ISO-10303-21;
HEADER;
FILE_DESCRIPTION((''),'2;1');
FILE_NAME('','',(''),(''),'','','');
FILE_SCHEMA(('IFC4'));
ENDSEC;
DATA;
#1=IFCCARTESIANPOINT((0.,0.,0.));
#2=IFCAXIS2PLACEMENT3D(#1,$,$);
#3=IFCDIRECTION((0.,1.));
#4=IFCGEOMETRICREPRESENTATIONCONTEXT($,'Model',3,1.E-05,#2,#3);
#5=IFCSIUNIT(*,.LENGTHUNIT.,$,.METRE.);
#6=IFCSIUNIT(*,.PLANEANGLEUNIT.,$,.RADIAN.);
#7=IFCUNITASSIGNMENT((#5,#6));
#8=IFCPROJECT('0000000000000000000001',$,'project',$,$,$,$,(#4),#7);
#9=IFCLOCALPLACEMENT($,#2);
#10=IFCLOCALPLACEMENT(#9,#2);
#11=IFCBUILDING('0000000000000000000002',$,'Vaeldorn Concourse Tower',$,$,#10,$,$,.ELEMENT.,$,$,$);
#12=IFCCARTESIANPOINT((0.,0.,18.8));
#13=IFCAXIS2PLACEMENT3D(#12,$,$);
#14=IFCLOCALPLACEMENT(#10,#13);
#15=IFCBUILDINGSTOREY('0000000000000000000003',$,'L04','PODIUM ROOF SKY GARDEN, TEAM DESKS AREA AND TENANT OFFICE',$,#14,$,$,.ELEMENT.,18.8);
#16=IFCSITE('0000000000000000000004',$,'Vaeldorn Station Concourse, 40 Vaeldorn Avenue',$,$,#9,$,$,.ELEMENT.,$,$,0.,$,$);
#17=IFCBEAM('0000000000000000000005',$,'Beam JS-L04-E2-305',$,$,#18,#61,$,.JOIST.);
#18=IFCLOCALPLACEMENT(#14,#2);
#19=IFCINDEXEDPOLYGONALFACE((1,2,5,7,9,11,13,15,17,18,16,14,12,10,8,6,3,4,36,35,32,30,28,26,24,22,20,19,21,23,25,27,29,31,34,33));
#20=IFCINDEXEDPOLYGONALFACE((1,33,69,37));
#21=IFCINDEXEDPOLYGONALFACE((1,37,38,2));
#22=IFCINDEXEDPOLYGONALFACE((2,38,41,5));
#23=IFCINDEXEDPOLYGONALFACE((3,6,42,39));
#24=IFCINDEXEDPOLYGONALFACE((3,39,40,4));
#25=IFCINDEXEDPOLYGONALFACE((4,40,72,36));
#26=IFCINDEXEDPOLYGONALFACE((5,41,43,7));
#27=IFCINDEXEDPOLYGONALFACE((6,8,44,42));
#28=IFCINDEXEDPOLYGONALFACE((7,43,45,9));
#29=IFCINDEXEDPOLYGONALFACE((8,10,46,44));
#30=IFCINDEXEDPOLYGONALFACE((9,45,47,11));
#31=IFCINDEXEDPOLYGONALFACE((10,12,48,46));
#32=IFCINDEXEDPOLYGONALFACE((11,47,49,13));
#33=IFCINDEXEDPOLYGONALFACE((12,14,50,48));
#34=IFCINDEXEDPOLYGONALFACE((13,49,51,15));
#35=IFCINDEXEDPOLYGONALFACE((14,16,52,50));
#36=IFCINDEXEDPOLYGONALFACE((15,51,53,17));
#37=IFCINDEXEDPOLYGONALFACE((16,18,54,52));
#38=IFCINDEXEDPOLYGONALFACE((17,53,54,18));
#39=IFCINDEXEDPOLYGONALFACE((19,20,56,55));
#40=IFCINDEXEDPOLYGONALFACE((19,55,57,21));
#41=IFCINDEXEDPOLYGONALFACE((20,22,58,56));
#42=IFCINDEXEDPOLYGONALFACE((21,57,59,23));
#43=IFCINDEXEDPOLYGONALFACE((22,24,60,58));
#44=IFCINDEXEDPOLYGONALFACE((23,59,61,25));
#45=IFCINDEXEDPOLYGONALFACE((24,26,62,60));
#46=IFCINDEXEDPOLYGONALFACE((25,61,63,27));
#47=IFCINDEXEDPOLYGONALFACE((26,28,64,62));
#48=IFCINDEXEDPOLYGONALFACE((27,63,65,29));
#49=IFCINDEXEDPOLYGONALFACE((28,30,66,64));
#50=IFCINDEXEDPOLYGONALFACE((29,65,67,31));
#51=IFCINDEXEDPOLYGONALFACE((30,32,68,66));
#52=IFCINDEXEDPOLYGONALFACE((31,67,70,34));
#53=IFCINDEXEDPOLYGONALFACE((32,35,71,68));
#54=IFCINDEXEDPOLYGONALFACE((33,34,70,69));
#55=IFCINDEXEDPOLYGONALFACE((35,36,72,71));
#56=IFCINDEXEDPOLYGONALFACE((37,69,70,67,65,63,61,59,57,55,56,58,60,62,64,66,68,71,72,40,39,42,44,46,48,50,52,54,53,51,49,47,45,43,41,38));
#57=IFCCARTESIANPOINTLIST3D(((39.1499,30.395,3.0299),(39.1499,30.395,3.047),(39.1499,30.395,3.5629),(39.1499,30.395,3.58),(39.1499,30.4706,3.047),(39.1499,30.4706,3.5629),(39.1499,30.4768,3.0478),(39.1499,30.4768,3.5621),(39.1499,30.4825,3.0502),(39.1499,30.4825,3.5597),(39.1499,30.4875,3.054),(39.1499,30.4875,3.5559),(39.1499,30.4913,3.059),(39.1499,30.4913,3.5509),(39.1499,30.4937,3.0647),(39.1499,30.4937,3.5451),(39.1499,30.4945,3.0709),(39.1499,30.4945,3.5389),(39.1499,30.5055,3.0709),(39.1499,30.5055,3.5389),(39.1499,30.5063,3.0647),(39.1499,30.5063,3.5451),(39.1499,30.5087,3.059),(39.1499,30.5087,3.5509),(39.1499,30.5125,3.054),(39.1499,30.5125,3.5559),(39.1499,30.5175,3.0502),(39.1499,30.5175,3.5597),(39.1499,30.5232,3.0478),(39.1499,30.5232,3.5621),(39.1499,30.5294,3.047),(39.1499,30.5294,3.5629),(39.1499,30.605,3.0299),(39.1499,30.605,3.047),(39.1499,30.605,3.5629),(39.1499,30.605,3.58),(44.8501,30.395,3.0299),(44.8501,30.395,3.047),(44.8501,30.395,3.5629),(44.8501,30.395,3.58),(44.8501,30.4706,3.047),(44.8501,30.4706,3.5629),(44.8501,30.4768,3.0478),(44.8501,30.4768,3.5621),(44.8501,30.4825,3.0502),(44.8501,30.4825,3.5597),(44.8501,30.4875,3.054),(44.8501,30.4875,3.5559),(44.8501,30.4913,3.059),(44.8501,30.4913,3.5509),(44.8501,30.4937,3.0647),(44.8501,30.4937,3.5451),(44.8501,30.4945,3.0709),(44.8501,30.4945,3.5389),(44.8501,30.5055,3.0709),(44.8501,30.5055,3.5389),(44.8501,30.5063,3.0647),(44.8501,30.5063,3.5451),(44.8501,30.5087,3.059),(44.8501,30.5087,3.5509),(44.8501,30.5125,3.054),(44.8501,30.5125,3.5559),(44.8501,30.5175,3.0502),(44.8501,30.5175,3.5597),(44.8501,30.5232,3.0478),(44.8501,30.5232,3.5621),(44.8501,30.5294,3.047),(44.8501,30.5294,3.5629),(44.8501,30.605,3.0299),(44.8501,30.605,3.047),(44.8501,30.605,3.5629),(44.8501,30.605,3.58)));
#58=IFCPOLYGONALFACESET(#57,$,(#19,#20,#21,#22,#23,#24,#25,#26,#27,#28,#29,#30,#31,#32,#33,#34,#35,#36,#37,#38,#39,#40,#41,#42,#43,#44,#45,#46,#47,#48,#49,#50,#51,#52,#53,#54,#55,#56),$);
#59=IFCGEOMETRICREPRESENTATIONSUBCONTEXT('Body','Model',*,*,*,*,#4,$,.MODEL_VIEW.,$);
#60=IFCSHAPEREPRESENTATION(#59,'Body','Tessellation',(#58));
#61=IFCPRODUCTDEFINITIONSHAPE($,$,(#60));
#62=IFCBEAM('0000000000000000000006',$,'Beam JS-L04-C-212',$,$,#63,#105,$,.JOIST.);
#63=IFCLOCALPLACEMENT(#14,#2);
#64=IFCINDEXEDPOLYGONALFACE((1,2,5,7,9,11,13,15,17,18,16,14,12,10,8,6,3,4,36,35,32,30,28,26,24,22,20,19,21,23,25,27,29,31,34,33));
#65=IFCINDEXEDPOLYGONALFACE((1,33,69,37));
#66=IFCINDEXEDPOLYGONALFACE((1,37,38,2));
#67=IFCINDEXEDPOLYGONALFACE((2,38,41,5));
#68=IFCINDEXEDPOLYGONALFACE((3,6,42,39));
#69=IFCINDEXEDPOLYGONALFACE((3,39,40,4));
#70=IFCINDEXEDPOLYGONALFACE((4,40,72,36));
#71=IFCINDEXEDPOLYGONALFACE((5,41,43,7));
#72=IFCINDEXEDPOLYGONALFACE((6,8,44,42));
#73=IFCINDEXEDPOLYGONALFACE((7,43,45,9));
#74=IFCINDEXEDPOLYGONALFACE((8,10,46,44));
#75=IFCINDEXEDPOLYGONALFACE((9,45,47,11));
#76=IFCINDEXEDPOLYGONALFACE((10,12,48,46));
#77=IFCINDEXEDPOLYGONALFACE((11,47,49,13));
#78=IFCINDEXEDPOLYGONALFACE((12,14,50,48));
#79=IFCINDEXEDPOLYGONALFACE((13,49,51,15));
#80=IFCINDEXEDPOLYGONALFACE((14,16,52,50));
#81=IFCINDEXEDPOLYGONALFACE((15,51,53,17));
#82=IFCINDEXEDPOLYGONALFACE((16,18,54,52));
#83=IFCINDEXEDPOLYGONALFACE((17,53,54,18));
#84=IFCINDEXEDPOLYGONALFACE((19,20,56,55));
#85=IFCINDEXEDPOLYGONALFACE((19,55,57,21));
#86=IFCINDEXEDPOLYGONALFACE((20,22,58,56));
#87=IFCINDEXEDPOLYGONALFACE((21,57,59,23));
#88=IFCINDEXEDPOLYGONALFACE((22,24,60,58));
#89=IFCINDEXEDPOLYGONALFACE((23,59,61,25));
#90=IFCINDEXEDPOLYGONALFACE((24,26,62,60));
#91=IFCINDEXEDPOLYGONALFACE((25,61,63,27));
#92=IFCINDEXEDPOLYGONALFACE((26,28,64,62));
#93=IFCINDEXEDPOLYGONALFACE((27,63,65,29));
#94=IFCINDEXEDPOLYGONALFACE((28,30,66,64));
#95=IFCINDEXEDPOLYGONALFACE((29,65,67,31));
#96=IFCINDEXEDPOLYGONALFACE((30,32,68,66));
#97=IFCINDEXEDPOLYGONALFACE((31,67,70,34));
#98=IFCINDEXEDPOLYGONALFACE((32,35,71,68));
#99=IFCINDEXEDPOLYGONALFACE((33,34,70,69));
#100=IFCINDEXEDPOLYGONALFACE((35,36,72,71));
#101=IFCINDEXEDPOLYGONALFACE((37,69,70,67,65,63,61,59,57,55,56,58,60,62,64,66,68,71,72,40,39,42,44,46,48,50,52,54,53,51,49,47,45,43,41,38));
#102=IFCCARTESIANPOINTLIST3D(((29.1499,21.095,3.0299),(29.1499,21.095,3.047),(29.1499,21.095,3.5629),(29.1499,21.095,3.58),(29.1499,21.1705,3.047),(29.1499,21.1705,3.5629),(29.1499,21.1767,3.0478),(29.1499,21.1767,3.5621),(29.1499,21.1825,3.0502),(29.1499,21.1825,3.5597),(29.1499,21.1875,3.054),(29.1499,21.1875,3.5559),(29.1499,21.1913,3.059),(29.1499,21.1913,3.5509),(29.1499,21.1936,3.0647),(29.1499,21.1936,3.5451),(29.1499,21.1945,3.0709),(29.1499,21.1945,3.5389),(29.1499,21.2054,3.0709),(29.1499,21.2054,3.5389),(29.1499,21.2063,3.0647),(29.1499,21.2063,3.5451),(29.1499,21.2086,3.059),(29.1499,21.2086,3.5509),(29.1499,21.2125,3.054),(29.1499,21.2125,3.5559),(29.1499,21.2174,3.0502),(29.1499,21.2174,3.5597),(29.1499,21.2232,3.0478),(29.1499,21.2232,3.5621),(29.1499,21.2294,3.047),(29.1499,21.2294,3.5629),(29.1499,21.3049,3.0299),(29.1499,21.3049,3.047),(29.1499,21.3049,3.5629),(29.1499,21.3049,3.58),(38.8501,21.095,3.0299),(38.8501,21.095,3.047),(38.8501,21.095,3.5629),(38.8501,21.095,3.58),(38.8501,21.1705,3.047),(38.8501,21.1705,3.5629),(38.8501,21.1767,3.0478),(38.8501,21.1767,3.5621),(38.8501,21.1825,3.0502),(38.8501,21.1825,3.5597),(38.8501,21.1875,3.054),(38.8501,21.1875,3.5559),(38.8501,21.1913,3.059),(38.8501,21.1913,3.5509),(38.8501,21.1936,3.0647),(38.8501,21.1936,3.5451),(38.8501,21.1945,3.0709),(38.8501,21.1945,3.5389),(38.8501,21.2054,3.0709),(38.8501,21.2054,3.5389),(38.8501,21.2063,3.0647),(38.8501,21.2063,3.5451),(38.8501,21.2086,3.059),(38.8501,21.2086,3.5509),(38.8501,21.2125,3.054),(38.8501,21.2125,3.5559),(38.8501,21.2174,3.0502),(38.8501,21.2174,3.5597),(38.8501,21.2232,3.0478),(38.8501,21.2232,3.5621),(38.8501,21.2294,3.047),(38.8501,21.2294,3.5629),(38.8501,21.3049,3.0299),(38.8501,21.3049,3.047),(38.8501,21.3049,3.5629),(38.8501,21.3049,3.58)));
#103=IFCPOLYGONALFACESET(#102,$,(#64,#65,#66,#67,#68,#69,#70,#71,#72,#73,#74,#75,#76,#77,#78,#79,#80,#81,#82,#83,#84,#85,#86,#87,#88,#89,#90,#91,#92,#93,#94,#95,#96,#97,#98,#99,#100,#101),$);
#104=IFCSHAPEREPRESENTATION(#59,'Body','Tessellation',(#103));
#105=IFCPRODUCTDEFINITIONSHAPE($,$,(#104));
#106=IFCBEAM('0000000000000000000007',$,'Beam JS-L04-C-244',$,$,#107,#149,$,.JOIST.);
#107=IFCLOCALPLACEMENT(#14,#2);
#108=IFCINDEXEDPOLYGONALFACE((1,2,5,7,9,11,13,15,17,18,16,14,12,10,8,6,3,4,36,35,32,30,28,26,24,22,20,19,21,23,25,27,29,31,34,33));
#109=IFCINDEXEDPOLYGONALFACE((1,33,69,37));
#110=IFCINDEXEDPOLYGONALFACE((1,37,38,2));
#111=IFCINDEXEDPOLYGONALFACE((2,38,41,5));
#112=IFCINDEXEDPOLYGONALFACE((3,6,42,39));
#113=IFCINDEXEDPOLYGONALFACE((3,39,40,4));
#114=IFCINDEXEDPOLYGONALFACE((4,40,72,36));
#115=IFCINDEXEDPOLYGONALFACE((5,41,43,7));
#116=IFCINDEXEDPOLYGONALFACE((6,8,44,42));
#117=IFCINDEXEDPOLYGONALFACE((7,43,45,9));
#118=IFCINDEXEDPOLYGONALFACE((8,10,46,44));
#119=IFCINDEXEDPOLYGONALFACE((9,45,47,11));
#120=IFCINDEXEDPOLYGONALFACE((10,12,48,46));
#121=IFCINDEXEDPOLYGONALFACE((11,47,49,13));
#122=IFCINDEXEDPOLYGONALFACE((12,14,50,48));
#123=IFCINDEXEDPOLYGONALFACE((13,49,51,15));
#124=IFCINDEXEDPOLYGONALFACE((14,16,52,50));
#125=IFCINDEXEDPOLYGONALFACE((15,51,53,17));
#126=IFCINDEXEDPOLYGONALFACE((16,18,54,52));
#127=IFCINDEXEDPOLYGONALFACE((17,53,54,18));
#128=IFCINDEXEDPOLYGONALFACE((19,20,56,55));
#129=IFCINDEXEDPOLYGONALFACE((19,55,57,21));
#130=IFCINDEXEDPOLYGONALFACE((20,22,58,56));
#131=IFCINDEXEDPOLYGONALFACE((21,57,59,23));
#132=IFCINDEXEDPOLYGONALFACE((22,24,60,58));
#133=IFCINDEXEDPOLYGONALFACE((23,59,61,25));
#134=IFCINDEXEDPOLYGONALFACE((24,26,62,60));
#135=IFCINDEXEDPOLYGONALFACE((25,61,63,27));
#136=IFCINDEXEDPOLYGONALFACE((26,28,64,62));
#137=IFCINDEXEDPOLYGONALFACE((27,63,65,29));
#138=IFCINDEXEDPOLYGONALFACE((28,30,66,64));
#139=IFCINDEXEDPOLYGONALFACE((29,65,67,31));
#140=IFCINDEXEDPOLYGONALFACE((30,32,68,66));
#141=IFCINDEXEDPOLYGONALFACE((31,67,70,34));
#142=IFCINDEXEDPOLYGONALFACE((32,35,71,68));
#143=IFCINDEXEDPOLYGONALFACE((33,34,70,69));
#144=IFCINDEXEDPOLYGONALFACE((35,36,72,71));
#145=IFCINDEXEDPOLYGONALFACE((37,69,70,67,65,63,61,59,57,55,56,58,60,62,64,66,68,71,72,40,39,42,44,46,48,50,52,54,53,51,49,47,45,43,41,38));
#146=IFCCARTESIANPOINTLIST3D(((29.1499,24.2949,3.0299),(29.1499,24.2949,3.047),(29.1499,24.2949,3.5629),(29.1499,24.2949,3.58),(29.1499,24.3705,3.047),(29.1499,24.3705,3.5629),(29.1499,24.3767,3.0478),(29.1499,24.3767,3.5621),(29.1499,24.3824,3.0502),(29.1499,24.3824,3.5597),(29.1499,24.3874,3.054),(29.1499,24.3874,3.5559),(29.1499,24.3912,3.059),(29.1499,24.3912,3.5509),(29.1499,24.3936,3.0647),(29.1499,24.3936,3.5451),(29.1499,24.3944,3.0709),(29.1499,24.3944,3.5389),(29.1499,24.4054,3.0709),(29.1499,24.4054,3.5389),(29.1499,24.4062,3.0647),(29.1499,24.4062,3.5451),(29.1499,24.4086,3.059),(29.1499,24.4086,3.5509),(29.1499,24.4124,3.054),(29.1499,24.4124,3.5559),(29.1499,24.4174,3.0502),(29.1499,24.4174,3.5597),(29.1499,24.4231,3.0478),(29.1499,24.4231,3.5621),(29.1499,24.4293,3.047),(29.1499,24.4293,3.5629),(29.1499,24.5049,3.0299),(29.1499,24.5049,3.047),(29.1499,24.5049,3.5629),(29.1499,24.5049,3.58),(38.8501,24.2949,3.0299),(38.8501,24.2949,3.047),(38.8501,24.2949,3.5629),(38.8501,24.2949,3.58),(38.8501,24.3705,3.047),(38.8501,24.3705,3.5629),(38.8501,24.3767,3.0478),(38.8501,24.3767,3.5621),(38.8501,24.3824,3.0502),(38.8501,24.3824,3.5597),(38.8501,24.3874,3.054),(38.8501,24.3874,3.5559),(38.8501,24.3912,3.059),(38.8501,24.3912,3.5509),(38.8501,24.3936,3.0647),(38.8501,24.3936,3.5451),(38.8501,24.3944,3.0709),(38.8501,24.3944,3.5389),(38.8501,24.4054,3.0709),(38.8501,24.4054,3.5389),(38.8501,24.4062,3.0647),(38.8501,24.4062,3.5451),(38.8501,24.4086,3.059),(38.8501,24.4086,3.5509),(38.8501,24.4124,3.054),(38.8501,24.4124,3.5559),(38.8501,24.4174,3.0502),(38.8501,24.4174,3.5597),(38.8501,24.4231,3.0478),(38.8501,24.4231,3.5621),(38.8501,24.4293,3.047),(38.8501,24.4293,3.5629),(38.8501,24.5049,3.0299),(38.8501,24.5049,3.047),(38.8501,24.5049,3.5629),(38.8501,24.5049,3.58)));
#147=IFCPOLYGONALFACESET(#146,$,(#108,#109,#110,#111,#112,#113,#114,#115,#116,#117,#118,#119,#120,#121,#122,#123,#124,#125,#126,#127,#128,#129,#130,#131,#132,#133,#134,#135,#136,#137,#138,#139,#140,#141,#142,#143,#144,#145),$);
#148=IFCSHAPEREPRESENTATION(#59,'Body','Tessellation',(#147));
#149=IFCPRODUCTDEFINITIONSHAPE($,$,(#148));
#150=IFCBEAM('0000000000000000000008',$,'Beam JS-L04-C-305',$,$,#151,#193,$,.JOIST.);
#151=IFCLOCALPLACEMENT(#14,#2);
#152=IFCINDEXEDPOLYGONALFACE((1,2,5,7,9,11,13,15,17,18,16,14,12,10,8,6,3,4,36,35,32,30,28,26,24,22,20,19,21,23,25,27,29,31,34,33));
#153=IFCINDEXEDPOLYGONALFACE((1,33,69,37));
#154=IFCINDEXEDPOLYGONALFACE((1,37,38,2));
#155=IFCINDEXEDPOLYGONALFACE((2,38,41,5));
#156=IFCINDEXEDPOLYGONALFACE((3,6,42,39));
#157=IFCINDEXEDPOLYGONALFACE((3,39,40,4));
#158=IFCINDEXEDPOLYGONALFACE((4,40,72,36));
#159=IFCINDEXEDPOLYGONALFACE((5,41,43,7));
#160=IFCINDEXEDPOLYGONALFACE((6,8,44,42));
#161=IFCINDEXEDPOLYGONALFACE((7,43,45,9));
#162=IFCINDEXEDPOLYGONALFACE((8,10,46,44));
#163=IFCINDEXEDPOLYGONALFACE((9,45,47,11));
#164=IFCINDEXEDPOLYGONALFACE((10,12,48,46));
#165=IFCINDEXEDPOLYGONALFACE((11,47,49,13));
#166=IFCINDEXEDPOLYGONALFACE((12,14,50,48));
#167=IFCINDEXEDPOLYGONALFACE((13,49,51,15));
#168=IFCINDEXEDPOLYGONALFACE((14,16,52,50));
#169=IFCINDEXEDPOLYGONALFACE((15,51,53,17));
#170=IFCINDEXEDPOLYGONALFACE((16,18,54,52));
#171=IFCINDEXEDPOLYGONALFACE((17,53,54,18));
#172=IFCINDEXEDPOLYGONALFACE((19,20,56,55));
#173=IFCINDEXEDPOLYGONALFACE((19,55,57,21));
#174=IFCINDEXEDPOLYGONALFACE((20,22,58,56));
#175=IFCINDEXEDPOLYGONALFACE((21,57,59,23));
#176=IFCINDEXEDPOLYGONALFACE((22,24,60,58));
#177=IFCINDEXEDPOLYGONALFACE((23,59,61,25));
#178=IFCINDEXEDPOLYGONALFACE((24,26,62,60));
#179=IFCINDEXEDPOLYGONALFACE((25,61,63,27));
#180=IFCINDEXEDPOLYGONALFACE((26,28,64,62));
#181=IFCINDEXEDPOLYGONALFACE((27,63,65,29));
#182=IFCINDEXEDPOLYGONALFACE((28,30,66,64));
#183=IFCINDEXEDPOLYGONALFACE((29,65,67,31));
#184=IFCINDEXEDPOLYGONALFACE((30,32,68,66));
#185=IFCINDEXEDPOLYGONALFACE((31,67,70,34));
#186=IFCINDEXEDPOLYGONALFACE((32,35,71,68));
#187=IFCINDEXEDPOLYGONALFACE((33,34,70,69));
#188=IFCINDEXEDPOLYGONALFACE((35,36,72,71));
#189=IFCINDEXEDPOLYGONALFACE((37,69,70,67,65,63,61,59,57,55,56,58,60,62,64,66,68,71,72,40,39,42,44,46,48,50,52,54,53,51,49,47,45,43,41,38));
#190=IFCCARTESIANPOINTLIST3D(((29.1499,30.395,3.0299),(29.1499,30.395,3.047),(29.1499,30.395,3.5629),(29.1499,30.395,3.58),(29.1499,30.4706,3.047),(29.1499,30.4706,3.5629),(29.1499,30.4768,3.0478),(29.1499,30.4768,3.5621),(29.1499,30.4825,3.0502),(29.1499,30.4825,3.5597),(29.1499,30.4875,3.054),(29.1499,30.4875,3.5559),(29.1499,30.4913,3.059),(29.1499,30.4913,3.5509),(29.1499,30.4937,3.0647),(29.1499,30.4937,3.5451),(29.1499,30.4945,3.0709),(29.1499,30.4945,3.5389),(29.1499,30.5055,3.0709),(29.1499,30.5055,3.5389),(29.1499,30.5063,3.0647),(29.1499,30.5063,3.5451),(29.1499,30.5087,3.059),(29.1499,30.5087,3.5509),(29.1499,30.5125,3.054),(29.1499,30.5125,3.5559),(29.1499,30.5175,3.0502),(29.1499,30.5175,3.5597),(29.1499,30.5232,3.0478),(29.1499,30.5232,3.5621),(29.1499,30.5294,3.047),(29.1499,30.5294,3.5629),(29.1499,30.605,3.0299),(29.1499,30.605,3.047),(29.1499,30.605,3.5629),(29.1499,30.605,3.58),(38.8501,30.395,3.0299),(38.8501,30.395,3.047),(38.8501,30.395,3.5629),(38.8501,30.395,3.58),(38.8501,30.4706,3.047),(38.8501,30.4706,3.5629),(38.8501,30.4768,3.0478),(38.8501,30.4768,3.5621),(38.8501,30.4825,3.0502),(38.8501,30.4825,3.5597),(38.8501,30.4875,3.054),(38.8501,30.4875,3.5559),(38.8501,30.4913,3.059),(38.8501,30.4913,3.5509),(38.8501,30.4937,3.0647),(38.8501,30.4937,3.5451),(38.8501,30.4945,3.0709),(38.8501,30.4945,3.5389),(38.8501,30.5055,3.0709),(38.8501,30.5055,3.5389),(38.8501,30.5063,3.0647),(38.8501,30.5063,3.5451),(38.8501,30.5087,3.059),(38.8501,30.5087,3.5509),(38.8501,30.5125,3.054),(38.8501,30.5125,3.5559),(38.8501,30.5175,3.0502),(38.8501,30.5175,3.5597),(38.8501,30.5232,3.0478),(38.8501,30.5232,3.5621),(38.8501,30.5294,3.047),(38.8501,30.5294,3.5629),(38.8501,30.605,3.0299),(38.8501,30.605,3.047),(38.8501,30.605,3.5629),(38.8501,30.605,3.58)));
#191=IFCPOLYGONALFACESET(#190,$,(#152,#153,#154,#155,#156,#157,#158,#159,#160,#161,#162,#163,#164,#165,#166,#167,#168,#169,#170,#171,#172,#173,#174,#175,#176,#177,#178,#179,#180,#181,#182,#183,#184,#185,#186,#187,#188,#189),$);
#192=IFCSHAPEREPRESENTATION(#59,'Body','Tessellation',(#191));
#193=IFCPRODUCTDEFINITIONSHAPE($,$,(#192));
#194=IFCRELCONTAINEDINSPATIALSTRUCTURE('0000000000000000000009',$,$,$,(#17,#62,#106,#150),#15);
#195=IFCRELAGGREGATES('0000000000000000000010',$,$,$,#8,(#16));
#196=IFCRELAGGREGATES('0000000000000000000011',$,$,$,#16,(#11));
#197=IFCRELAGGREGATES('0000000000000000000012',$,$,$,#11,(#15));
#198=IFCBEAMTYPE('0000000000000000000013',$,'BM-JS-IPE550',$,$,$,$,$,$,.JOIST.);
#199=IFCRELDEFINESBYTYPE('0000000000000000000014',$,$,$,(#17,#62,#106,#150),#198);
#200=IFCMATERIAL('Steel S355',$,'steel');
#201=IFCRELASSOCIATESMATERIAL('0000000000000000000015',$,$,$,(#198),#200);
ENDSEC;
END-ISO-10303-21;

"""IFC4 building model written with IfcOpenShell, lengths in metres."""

from ifc_helpers import new_model, si_unit, direction, frame, origin, origin_2d, place, context, subcontext, project, spatial, i_section, extrude, source, transform, mapped, material, material_profile, profile_set, type_object, element, save


model = new_model("IFC4")

# Units and contexts
model_context = context("Model", 3, precision=1e-05, world=origin(), true_north=direction((0.0, 1.0)))
body_context = subcontext(model_context, "Body", "Model", "MODEL_VIEW")
ifc_project = project(units=[si_unit("LENGTHUNIT", "METRE"), si_unit("PLANEANGLEUNIT", "RADIAN")], contexts=[model_context])

# Site, building, storey
site_placement = place(None, origin())
site = spatial("IfcSite", under=ifc_project, at=site_placement, Name="Vaeldorn Station Concourse, 40 Vaeldorn Avenue", CompositionType="ELEMENT", RefElevation=0.0)
building_placement = place(site_placement, origin())
building = spatial("IfcBuilding", under=site, at=building_placement, Name="Vaeldorn Concourse Tower", CompositionType="ELEMENT")
storey_placement = place(building_placement, frame((0.0, 0.0, 18.8)))
storey = spatial("IfcBuildingStorey", under=building, at=storey_placement, Name="L04", Description="PODIUM ROOF SKY GARDEN, TEAM DESKS AREA AND TENANT OFFICE", CompositionType="ELEMENT", Elevation=18.8)

# Beams
ifc_material_1 = material(Name="Steel S355", Category="steel")
ifc_material_profile_1 = material_profile(ifc_material_1, i_section(OverallWidth=0.21, OverallDepth=0.55, WebThickness=0.011, FlangeThickness=0.0171, FilletRadius=0.0239, at=origin_2d()), Name="IPE 550")
ifc_profile_set_1 = profile_set([ifc_material_profile_1], Name="Steel S355")
beam_type_1 = type_object("IfcBeamType", Name="BM-JS-IPE550", PredefinedType="JOIST", material=ifc_profile_set_1)
shared_shape_1 = source(origin(), body_context, "Body", "SweptSolid", [
    extrude(i_section(OverallWidth=0.21, OverallDepth=0.55, WebThickness=0.011, FlangeThickness=0.0171, FilletRadius=0.0239, at=origin_2d()), origin(), (0.0, 0.0, 1.0), 5.7002),
])
for number, where, z_axis, x_axis, name in (
    (1, (39.1499, 30.5, 3.3049), (1.0, 0.0, 0.0), (0.0, 1.0, 0.0), "Beam JS-L04-E2-305"),
):
    element("IfcBeam", number, at=place(storey_placement, frame(where, z_axis=z_axis, x_axis=x_axis)), inside=storey, type_object=beam_type_1, Name=name, PredefinedType="JOIST", context=body_context, shape_type="MappedRepresentation", body=[
        mapped(shared_shape_1, transform((0.0, 0.0, 0.0), scale=1.0)),
    ])
shared_shape_2 = source(origin(), body_context, "Body", "SweptSolid", [
    extrude(i_section(OverallWidth=0.21, OverallDepth=0.55, WebThickness=0.011, FlangeThickness=0.0171, FilletRadius=0.0239, at=origin_2d()), origin(), (0.0, 0.0, 1.0), 9.7002),
])
for number, where, z_axis, x_axis, name in (
    (2, (29.1499, 21.2, 3.3049), (1.0, 0.0, 0.0), (0.0, 1.0, 0.0), "Beam JS-L04-C-212"),
    (3, (29.1499, 24.3999, 3.3049), (1.0, 0.0, 0.0), (0.0, 1.0, 0.0), "Beam JS-L04-C-244"),
    (4, (29.1499, 30.5, 3.3049), (1.0, 0.0, 0.0), (0.0, 1.0, 0.0), "Beam JS-L04-C-305"),
):
    element("IfcBeam", number, at=place(storey_placement, frame(where, z_axis=z_axis, x_axis=x_axis)), inside=storey, type_object=beam_type_1, Name=name, PredefinedType="JOIST", context=body_context, shape_type="MappedRepresentation", body=[
        mapped(shared_shape_2, transform((0.0, 0.0, 0.0), scale=1.0)),
    ])

save(model, "model.ifc")
